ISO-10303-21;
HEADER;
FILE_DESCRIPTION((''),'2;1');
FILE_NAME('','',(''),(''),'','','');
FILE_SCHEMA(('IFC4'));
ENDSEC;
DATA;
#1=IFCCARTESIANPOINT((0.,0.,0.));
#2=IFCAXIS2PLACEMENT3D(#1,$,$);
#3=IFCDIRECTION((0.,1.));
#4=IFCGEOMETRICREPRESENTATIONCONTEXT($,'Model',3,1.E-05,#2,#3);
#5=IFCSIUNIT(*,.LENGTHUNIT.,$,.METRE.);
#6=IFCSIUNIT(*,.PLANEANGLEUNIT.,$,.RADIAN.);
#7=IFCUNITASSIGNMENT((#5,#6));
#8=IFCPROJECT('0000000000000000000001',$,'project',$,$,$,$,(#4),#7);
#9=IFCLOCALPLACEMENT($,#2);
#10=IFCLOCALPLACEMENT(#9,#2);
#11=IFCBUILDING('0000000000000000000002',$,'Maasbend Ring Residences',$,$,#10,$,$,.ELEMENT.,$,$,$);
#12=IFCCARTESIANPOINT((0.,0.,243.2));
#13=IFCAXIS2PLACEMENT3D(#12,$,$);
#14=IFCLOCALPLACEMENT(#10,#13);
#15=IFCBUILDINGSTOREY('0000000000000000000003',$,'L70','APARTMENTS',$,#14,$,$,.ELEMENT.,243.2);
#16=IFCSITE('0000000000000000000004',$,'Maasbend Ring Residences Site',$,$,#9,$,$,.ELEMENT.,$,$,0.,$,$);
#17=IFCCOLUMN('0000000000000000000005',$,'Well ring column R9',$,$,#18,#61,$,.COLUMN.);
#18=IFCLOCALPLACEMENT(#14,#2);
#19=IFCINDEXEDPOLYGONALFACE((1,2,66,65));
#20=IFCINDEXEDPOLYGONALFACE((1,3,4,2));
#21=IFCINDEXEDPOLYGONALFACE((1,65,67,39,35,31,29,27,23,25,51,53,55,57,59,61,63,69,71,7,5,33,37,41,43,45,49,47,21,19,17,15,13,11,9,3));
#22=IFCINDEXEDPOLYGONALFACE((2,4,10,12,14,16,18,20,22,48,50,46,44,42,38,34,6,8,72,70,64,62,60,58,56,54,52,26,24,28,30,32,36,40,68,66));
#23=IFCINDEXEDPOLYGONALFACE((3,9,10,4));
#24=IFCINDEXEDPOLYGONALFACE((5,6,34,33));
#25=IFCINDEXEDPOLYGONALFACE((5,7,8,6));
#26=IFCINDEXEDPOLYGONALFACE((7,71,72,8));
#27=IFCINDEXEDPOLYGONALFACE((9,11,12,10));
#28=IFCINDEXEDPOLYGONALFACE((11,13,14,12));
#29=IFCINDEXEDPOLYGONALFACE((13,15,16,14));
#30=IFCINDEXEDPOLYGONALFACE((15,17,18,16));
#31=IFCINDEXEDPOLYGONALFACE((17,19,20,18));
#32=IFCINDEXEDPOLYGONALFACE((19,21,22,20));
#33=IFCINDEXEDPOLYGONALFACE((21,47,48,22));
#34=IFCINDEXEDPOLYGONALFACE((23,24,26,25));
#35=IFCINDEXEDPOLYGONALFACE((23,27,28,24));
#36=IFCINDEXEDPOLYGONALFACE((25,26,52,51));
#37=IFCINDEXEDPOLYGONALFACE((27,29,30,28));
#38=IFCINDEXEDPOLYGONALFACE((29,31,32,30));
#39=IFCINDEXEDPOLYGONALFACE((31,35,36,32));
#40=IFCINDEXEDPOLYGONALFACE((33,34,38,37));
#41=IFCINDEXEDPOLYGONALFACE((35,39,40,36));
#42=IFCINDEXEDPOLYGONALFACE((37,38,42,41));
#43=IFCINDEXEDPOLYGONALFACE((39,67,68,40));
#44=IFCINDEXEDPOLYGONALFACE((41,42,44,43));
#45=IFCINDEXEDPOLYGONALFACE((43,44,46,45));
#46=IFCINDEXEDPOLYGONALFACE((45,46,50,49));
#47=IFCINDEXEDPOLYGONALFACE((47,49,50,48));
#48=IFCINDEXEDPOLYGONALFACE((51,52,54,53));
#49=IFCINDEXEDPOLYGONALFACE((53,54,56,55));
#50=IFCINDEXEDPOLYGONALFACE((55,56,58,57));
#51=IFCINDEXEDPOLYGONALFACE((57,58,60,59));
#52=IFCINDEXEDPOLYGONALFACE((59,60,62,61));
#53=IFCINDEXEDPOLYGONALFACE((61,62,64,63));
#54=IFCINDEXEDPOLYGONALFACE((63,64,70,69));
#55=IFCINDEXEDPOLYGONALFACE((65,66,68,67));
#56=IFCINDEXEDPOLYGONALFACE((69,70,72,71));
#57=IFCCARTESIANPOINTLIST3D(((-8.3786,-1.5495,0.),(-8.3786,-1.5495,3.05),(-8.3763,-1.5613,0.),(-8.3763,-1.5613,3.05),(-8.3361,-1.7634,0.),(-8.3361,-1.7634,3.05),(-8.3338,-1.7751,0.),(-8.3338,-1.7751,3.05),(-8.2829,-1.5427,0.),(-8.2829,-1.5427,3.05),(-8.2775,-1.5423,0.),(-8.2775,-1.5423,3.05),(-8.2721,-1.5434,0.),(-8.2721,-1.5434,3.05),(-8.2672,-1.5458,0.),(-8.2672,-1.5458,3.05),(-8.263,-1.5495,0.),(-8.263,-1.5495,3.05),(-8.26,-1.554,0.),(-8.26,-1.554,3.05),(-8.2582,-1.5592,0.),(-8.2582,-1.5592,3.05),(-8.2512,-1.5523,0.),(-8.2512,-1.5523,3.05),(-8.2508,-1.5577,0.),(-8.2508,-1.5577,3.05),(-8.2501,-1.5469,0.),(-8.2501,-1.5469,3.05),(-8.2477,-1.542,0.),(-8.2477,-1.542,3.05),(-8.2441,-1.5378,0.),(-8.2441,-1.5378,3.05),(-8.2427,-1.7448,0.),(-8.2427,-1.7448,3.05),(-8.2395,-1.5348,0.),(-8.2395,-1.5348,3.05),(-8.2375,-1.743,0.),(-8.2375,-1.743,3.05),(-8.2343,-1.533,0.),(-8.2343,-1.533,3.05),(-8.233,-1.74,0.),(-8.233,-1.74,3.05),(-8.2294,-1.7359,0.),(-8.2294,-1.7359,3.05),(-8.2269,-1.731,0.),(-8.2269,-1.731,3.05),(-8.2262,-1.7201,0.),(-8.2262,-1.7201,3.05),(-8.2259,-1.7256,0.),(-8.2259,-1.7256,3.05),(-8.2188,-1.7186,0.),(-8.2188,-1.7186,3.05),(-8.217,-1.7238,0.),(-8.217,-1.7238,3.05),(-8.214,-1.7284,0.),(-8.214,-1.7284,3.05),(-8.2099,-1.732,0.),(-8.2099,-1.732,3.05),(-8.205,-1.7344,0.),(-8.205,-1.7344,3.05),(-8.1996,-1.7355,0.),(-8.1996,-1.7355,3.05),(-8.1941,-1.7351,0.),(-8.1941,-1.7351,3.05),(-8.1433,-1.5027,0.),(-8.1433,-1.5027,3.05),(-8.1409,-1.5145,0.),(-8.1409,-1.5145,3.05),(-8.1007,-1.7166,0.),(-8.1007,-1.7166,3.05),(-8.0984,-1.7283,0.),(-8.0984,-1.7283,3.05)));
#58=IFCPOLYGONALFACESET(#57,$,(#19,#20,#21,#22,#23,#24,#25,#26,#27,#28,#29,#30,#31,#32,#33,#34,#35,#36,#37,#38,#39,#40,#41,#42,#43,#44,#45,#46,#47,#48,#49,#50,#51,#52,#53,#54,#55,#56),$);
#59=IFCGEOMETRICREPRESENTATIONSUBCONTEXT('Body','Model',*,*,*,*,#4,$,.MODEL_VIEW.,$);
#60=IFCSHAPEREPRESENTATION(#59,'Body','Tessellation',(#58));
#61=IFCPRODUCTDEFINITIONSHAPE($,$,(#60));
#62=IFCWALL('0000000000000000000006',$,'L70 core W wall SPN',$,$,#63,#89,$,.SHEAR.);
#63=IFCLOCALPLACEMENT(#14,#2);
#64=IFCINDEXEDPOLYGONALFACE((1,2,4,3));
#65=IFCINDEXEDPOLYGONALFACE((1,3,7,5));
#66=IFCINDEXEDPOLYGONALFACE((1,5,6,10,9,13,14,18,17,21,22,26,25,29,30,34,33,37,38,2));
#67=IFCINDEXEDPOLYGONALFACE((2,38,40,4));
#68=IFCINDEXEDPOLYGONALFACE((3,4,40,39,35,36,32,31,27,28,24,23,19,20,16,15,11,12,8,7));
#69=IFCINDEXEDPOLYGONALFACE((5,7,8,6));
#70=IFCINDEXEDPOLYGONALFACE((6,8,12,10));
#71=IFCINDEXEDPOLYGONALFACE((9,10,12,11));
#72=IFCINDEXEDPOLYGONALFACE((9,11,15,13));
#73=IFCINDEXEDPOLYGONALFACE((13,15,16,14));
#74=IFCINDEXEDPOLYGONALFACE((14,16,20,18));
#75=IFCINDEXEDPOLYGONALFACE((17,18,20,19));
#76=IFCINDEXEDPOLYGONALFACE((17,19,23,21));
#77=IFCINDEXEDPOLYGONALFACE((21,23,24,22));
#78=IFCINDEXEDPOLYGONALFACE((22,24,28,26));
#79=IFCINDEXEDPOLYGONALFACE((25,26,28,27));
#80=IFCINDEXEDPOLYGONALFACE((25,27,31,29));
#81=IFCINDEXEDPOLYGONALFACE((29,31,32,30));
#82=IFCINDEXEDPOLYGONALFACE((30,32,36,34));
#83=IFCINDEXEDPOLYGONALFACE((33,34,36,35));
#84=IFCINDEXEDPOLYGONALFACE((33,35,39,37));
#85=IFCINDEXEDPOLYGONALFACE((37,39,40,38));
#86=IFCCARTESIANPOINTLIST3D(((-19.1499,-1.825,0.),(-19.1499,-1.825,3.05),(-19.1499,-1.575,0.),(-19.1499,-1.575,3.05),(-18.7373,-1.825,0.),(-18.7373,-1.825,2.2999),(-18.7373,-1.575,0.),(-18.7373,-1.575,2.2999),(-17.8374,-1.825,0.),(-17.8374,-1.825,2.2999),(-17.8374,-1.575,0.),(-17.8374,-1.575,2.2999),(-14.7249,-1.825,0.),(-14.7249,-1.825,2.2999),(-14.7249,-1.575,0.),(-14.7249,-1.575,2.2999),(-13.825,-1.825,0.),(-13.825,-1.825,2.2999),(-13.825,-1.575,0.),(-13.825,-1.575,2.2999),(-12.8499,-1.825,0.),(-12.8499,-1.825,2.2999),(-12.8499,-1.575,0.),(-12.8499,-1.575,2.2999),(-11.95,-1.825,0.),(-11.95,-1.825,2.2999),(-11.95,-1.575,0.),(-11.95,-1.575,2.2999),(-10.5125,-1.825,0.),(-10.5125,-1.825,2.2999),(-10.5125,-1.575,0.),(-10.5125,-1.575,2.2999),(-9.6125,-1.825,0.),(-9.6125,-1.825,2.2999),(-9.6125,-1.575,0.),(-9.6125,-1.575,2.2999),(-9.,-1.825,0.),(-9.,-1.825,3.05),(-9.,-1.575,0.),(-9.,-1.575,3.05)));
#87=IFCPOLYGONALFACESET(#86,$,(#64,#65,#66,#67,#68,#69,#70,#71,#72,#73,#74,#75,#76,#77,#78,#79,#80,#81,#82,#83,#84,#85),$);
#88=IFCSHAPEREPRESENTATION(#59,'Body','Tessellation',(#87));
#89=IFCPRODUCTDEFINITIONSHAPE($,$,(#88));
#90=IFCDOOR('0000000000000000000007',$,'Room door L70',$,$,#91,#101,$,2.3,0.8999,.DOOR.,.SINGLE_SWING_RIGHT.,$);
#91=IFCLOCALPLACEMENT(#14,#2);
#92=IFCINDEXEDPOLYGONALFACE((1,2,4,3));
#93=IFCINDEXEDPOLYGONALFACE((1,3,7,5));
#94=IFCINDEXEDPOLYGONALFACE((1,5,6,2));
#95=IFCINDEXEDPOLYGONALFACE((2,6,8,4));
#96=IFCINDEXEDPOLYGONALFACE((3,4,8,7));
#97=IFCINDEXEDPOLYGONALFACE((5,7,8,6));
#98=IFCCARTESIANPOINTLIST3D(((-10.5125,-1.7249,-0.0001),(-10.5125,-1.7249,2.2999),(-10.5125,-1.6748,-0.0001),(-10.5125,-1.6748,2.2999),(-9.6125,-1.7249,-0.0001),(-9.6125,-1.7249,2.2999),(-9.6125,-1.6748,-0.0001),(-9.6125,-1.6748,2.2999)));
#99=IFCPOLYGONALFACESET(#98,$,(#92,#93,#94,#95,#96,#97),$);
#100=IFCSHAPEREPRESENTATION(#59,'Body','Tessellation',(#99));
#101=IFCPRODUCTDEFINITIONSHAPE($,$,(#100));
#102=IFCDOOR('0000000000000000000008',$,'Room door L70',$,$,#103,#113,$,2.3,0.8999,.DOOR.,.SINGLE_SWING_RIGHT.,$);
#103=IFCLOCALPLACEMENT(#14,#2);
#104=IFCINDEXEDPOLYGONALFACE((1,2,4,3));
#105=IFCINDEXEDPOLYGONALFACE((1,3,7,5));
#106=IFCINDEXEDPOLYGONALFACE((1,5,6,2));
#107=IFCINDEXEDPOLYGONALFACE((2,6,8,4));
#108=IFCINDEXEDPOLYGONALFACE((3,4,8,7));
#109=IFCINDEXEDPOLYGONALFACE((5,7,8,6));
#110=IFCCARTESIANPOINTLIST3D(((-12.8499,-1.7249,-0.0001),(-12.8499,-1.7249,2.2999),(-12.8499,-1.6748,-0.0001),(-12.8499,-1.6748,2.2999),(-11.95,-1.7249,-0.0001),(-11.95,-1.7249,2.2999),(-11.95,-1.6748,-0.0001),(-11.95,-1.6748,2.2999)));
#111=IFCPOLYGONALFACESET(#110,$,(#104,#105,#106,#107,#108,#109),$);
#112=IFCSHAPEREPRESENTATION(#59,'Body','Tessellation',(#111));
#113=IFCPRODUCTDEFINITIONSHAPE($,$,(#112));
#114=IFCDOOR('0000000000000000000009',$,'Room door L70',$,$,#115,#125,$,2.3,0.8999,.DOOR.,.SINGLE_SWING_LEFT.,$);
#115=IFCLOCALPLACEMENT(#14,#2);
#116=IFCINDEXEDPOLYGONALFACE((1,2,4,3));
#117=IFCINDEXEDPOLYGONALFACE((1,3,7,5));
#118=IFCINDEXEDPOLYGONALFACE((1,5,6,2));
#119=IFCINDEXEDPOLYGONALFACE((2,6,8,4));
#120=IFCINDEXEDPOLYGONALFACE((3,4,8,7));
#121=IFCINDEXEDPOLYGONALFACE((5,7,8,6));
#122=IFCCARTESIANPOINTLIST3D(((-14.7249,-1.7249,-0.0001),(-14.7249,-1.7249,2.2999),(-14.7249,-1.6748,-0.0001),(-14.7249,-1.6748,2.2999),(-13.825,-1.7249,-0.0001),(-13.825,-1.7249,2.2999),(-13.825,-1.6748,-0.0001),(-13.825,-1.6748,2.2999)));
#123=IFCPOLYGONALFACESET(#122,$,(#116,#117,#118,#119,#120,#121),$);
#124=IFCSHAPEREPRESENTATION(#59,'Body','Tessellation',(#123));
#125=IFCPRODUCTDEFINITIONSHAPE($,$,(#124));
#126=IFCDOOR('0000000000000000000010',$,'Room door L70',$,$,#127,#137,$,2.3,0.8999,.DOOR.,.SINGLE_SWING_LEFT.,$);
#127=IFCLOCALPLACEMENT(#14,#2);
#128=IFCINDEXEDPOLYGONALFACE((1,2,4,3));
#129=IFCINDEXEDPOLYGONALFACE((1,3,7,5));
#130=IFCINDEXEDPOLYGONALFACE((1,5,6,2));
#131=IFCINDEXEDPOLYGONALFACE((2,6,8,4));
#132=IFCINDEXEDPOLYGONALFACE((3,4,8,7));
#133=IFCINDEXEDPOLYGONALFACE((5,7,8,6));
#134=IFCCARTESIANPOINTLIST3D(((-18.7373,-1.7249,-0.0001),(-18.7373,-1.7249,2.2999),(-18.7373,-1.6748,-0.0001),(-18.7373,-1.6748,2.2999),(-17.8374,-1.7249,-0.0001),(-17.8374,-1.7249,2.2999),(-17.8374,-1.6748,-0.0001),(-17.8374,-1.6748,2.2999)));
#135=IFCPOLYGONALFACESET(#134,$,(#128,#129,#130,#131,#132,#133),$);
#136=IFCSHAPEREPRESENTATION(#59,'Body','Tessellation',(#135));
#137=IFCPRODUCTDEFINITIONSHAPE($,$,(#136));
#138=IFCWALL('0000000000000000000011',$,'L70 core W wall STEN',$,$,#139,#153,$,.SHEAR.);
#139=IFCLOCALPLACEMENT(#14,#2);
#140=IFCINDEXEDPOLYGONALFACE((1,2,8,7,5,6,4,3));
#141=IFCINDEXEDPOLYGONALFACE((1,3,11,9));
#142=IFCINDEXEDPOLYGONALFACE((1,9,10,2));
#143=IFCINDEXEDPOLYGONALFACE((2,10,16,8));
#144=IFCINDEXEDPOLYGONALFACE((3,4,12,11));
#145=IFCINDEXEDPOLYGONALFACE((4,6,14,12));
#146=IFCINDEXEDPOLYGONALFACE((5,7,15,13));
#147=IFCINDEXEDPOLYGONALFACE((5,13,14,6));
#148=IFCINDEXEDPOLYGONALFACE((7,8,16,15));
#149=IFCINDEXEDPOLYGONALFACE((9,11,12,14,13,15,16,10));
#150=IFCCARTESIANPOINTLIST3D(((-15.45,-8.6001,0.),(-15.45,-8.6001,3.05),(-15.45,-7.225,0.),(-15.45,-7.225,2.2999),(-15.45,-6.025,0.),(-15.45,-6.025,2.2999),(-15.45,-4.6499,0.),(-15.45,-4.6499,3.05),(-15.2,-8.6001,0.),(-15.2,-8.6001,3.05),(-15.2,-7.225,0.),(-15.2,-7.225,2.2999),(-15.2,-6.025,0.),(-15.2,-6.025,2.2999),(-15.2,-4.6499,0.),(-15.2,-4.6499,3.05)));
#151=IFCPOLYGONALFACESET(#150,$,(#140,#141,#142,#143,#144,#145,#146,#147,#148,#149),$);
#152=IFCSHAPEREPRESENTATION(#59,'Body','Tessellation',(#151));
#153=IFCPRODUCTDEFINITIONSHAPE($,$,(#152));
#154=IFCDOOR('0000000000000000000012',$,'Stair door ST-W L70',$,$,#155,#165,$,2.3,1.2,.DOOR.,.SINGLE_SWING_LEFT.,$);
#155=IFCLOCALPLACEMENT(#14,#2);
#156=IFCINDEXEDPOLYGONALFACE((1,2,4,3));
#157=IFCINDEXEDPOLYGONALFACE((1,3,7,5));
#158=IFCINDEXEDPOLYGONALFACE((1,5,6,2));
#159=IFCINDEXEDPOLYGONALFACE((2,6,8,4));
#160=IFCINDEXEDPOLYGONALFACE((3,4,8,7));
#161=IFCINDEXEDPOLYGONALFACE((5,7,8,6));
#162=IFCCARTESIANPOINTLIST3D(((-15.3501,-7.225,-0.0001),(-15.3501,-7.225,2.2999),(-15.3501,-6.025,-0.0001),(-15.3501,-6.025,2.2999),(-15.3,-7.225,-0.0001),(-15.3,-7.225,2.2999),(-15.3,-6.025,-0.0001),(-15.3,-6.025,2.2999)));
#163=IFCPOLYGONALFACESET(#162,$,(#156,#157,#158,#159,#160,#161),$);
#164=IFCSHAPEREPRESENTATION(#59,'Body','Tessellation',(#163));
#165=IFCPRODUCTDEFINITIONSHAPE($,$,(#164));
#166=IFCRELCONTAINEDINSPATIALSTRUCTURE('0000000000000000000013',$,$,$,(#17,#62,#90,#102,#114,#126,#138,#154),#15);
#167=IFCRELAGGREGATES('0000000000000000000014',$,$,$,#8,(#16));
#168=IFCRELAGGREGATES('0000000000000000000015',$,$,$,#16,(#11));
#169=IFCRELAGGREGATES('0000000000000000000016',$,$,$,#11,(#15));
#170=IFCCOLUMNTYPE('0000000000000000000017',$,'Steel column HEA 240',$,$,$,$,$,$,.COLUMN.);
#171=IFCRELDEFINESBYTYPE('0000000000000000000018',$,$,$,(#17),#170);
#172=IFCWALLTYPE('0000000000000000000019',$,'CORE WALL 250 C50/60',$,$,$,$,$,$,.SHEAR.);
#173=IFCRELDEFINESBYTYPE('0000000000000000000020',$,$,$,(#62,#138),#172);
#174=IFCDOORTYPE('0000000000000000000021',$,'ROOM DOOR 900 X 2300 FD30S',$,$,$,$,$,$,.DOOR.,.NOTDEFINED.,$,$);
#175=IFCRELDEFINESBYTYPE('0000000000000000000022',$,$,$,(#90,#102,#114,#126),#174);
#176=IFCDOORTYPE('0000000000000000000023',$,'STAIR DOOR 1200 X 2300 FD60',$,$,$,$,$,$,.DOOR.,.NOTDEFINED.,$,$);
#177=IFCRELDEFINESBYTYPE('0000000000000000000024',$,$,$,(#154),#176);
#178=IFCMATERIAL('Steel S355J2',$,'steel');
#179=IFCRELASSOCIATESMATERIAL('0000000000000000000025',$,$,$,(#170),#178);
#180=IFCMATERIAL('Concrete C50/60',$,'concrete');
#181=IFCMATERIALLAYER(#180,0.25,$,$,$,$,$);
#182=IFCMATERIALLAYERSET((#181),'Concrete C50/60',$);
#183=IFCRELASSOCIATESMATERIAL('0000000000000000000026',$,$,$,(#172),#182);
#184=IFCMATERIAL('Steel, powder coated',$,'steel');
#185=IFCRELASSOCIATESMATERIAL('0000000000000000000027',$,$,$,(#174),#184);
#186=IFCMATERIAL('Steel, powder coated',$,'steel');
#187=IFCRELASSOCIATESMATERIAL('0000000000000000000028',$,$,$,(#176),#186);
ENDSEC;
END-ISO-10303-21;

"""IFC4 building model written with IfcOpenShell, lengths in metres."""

from ifc_helpers import new_model, si_unit, direction, frame, frame_2d, origin, origin_2d, place, context, subcontext, project, spatial, rectangle, i_section, extrude, material, layer, layer_set, material_profile, profile_set, type_object, element, fill, save


model = new_model("IFC4")

# Units and contexts
model_context = context("Model", 3, precision=1e-05, world=origin(), true_north=direction((0.0, 1.0)))
body_context = subcontext(model_context, "Body", "Model", "MODEL_VIEW")
ifc_project = project(units=[si_unit("LENGTHUNIT", "METRE"), si_unit("PLANEANGLEUNIT", "RADIAN")], contexts=[model_context])

# Site, building, storey
site_placement = place(None, origin())
site = spatial("IfcSite", under=ifc_project, at=site_placement, Name="Maasbend Ring Residences Site", CompositionType="ELEMENT", RefElevation=0.0)
building_placement = place(site_placement, origin())
building = spatial("IfcBuilding", under=site, at=building_placement, Name="Maasbend Ring Residences", CompositionType="ELEMENT")
storey_placement = place(building_placement, frame((0.0, 0.0, 243.2)))
storey = spatial("IfcBuildingStorey", under=building, at=storey_placement, Name="L70", Description="APARTMENTS", CompositionType="ELEMENT", Elevation=243.2)

# Column
ifc_material_1 = material(Name="Steel S355J2", Category="steel")
ifc_material_profile = material_profile(ifc_material_1, i_section(OverallWidth=0.24, OverallDepth=0.23, WebThickness=0.0076, FlangeThickness=0.012, FilletRadius=0.021, at=origin_2d()), Name="HEA 240")
ifc_profile_set = profile_set([ifc_material_profile], Name="Steel S355J2")
column_type = type_object("IfcColumnType", Name="Steel column HEA 240", PredefinedType="COLUMN", material=ifc_profile_set)
column_placement = place(storey_placement, frame((-8.2385, -1.6389, 0.0), z_axis=(0.0, 0.0, 1.0), x_axis=(-0.980785, -0.19509, 0.0)))
element("IfcColumn", 1, at=column_placement, inside=storey, type_object=column_type, Name="Well ring column R9", PredefinedType="COLUMN", context=body_context, shape_type="SweptSolid", body=[
    extrude(i_section(OverallWidth=0.24, OverallDepth=0.23, WebThickness=0.0076, FlangeThickness=0.012, FilletRadius=0.021, at=origin_2d()), origin(), (0.0, 0.0, 1.0), 3.05),
])

# Wall, openings, doors
ifc_material_2 = material(Name="Concrete C50/60", Category="concrete")
ifc_layer_1 = layer(ifc_material_2, 0.25)
ifc_layer_set_1 = layer_set([ifc_layer_1], Name="Concrete C50/60")
wall_type_1 = type_object("IfcWallType", Name="CORE WALL 250 C50/60", PredefinedType="SHEAR", material=ifc_layer_set_1)
wall_1_placement = place(storey_placement, frame((-9.0, -1.7, 0.0), z_axis=(0.0, 0.0, 1.0), x_axis=(-1.0, 0.0, 0.0)))
wall_1 = element("IfcWall", 2, at=wall_1_placement, inside=storey, type_object=wall_type_1, Name="L70 core W wall SPN", PredefinedType="SHEAR", context=body_context, shape_type="SweptSolid", body=[
    extrude(rectangle(XDim=10.1499, YDim=0.25, at=frame_2d((5.075, 0.0))), origin(), (0.0, 0.0, 1.0), 3.05),
])
opening_1_placement = place(wall_1_placement, frame((0.6125, 0.0, 0.0)))
opening_1 = element("IfcOpeningElement", 3, at=opening_1_placement, cuts=wall_1, PredefinedType="OPENING", context=body_context, shape_type="SweptSolid", body=[
    extrude(rectangle(XDim=0.8999, YDim=2.3, at=frame_2d((0.45, 1.1499))), frame((0.0, 0.135, 0.0), z_axis=(0.0, -1.0, 0.0), x_axis=(1.0, 0.0, 0.0)), (0.0, 0.0, 1.0), 0.27),
])
opening_2_placement = place(wall_1_placement, frame((2.95, 0.0, 0.0)))
opening_2 = element("IfcOpeningElement", 4, at=opening_2_placement, cuts=wall_1, PredefinedType="OPENING", context=body_context, shape_type="SweptSolid", body=[
    extrude(rectangle(XDim=0.8999, YDim=2.3, at=frame_2d((0.45, 1.1499))), frame((0.0, 0.135, 0.0), z_axis=(0.0, -1.0, 0.0), x_axis=(1.0, 0.0, 0.0)), (0.0, 0.0, 1.0), 0.27),
])
opening_3_placement = place(wall_1_placement, frame((4.825, 0.0, 0.0)))
opening_3 = element("IfcOpeningElement", 5, at=opening_3_placement, cuts=wall_1, PredefinedType="OPENING", context=body_context, shape_type="SweptSolid", body=[
    extrude(rectangle(XDim=0.8999, YDim=2.3, at=frame_2d((0.45, 1.1499))), frame((0.0, 0.135, 0.0), z_axis=(0.0, -1.0, 0.0), x_axis=(1.0, 0.0, 0.0)), (0.0, 0.0, 1.0), 0.27),
])
opening_4_placement = place(wall_1_placement, frame((8.8374, 0.0, 0.0)))
opening_4 = element("IfcOpeningElement", 6, at=opening_4_placement, cuts=wall_1, PredefinedType="OPENING", context=body_context, shape_type="SweptSolid", body=[
    extrude(rectangle(XDim=0.8999, YDim=2.3, at=frame_2d((0.45, 1.1499))), frame((0.0, 0.135, 0.0), z_axis=(0.0, -1.0, 0.0), x_axis=(1.0, 0.0, 0.0)), (0.0, 0.0, 1.0), 0.27),
])
ifc_material_3 = material(Name="Steel, powder coated", Category="steel")
door_type_1 = type_object("IfcDoorType", Name="ROOM DOOR 900 X 2300 FD30S", OperationType="NOTDEFINED", PredefinedType="DOOR", material=ifc_material_3)
door_1_placement = place(opening_1_placement, origin())
door_1 = element("IfcDoor", 7, at=door_1_placement, inside=storey, type_object=door_type_1, Name="Room door L70", OperationType="SINGLE_SWING_RIGHT", OverallHeight=2.3, OverallWidth=0.8999, PredefinedType="DOOR", context=body_context, shape_type="SweptSolid", body=[
    extrude(rectangle(XDim=0.8999, YDim=2.3, at=frame_2d((0.45, 1.1499))), frame((0.0, 0.0249, 0.0), z_axis=(0.0, -1.0, 0.0), x_axis=(1.0, 0.0, 0.0)), (0.0, 0.0, 1.0), 0.05),
])
fill(opening_1, door_1)
door_2_placement = place(opening_2_placement, origin())
door_2 = element("IfcDoor", 8, at=door_2_placement, inside=storey, type_object=door_type_1, Name="Room door L70", OperationType="SINGLE_SWING_RIGHT", OverallHeight=2.3, OverallWidth=0.8999, PredefinedType="DOOR", context=body_context, shape_type="SweptSolid", body=[
    extrude(rectangle(XDim=0.8999, YDim=2.3, at=frame_2d((0.45, 1.1499))), frame((0.0, 0.0249, 0.0), z_axis=(0.0, -1.0, 0.0), x_axis=(1.0, 0.0, 0.0)), (0.0, 0.0, 1.0), 0.05),
])
fill(opening_2, door_2)
door_3_placement = place(opening_3_placement, origin())
door_3 = element("IfcDoor", 9, at=door_3_placement, inside=storey, type_object=door_type_1, Name="Room door L70", OperationType="SINGLE_SWING_LEFT", OverallHeight=2.3, OverallWidth=0.8999, PredefinedType="DOOR", context=body_context, shape_type="SweptSolid", body=[
    extrude(rectangle(XDim=0.8999, YDim=2.3, at=frame_2d((0.45, 1.1499))), frame((0.0, 0.0249, 0.0), z_axis=(0.0, -1.0, 0.0), x_axis=(1.0, 0.0, 0.0)), (0.0, 0.0, 1.0), 0.05),
])
fill(opening_3, door_3)
door_4_placement = place(opening_4_placement, origin())
door_4 = element("IfcDoor", 10, at=door_4_placement, inside=storey, type_object=door_type_1, Name="Room door L70", OperationType="SINGLE_SWING_LEFT", OverallHeight=2.3, OverallWidth=0.8999, PredefinedType="DOOR", context=body_context, shape_type="SweptSolid", body=[
    extrude(rectangle(XDim=0.8999, YDim=2.3, at=frame_2d((0.45, 1.1499))), frame((0.0, 0.0249, 0.0), z_axis=(0.0, -1.0, 0.0), x_axis=(1.0, 0.0, 0.0)), (0.0, 0.0, 1.0), 0.05),
])
fill(opening_4, door_4)

# Wall, opening, door
wall_2_placement = place(storey_placement, frame((-15.325, -4.6499, 0.0), z_axis=(0.0, 0.0, 1.0), x_axis=(0.0, -1.0, 0.0)))
wall_2 = element("IfcWall", 11, at=wall_2_placement, inside=storey, type_object=wall_type_1, Name="L70 core W wall STEN", PredefinedType="SHEAR", context=body_context, shape_type="SweptSolid", body=[
    extrude(rectangle(XDim=3.9502, YDim=0.25, at=frame_2d((1.9751, 0.0))), origin(), (0.0, 0.0, 1.0), 3.05),
])
opening_5_placement = place(wall_2_placement, frame((1.375, 0.0, 0.0)))
opening_5 = element("IfcOpeningElement", 12, at=opening_5_placement, cuts=wall_2, PredefinedType="OPENING", context=body_context, shape_type="SweptSolid", body=[
    extrude(rectangle(XDim=1.2, YDim=2.3, at=frame_2d((0.6001, 1.1499))), frame((0.0, 0.135, 0.0), z_axis=(0.0, -1.0, 0.0), x_axis=(1.0, 0.0, 0.0)), (0.0, 0.0, 1.0), 0.27),
])
ifc_material_4 = material(Name="Steel, powder coated", Category="steel")
door_type_2 = type_object("IfcDoorType", Name="STAIR DOOR 1200 X 2300 FD60", OperationType="NOTDEFINED", PredefinedType="DOOR", material=ifc_material_4)
door_5_placement = place(opening_5_placement, origin())
door_5 = element("IfcDoor", 13, at=door_5_placement, inside=storey, type_object=door_type_2, Name="Stair door ST-W L70", OperationType="SINGLE_SWING_LEFT", OverallHeight=2.3, OverallWidth=1.2, PredefinedType="DOOR", context=body_context, shape_type="SweptSolid", body=[
    extrude(rectangle(XDim=1.2, YDim=2.3, at=frame_2d((0.6001, 1.1499))), frame((0.0, 0.0249, 0.0), z_axis=(0.0, -1.0, 0.0), x_axis=(1.0, 0.0, 0.0)), (0.0, 0.0, 1.0), 0.05),
])
fill(opening_5, door_5)

save(model, "model.ifc")
